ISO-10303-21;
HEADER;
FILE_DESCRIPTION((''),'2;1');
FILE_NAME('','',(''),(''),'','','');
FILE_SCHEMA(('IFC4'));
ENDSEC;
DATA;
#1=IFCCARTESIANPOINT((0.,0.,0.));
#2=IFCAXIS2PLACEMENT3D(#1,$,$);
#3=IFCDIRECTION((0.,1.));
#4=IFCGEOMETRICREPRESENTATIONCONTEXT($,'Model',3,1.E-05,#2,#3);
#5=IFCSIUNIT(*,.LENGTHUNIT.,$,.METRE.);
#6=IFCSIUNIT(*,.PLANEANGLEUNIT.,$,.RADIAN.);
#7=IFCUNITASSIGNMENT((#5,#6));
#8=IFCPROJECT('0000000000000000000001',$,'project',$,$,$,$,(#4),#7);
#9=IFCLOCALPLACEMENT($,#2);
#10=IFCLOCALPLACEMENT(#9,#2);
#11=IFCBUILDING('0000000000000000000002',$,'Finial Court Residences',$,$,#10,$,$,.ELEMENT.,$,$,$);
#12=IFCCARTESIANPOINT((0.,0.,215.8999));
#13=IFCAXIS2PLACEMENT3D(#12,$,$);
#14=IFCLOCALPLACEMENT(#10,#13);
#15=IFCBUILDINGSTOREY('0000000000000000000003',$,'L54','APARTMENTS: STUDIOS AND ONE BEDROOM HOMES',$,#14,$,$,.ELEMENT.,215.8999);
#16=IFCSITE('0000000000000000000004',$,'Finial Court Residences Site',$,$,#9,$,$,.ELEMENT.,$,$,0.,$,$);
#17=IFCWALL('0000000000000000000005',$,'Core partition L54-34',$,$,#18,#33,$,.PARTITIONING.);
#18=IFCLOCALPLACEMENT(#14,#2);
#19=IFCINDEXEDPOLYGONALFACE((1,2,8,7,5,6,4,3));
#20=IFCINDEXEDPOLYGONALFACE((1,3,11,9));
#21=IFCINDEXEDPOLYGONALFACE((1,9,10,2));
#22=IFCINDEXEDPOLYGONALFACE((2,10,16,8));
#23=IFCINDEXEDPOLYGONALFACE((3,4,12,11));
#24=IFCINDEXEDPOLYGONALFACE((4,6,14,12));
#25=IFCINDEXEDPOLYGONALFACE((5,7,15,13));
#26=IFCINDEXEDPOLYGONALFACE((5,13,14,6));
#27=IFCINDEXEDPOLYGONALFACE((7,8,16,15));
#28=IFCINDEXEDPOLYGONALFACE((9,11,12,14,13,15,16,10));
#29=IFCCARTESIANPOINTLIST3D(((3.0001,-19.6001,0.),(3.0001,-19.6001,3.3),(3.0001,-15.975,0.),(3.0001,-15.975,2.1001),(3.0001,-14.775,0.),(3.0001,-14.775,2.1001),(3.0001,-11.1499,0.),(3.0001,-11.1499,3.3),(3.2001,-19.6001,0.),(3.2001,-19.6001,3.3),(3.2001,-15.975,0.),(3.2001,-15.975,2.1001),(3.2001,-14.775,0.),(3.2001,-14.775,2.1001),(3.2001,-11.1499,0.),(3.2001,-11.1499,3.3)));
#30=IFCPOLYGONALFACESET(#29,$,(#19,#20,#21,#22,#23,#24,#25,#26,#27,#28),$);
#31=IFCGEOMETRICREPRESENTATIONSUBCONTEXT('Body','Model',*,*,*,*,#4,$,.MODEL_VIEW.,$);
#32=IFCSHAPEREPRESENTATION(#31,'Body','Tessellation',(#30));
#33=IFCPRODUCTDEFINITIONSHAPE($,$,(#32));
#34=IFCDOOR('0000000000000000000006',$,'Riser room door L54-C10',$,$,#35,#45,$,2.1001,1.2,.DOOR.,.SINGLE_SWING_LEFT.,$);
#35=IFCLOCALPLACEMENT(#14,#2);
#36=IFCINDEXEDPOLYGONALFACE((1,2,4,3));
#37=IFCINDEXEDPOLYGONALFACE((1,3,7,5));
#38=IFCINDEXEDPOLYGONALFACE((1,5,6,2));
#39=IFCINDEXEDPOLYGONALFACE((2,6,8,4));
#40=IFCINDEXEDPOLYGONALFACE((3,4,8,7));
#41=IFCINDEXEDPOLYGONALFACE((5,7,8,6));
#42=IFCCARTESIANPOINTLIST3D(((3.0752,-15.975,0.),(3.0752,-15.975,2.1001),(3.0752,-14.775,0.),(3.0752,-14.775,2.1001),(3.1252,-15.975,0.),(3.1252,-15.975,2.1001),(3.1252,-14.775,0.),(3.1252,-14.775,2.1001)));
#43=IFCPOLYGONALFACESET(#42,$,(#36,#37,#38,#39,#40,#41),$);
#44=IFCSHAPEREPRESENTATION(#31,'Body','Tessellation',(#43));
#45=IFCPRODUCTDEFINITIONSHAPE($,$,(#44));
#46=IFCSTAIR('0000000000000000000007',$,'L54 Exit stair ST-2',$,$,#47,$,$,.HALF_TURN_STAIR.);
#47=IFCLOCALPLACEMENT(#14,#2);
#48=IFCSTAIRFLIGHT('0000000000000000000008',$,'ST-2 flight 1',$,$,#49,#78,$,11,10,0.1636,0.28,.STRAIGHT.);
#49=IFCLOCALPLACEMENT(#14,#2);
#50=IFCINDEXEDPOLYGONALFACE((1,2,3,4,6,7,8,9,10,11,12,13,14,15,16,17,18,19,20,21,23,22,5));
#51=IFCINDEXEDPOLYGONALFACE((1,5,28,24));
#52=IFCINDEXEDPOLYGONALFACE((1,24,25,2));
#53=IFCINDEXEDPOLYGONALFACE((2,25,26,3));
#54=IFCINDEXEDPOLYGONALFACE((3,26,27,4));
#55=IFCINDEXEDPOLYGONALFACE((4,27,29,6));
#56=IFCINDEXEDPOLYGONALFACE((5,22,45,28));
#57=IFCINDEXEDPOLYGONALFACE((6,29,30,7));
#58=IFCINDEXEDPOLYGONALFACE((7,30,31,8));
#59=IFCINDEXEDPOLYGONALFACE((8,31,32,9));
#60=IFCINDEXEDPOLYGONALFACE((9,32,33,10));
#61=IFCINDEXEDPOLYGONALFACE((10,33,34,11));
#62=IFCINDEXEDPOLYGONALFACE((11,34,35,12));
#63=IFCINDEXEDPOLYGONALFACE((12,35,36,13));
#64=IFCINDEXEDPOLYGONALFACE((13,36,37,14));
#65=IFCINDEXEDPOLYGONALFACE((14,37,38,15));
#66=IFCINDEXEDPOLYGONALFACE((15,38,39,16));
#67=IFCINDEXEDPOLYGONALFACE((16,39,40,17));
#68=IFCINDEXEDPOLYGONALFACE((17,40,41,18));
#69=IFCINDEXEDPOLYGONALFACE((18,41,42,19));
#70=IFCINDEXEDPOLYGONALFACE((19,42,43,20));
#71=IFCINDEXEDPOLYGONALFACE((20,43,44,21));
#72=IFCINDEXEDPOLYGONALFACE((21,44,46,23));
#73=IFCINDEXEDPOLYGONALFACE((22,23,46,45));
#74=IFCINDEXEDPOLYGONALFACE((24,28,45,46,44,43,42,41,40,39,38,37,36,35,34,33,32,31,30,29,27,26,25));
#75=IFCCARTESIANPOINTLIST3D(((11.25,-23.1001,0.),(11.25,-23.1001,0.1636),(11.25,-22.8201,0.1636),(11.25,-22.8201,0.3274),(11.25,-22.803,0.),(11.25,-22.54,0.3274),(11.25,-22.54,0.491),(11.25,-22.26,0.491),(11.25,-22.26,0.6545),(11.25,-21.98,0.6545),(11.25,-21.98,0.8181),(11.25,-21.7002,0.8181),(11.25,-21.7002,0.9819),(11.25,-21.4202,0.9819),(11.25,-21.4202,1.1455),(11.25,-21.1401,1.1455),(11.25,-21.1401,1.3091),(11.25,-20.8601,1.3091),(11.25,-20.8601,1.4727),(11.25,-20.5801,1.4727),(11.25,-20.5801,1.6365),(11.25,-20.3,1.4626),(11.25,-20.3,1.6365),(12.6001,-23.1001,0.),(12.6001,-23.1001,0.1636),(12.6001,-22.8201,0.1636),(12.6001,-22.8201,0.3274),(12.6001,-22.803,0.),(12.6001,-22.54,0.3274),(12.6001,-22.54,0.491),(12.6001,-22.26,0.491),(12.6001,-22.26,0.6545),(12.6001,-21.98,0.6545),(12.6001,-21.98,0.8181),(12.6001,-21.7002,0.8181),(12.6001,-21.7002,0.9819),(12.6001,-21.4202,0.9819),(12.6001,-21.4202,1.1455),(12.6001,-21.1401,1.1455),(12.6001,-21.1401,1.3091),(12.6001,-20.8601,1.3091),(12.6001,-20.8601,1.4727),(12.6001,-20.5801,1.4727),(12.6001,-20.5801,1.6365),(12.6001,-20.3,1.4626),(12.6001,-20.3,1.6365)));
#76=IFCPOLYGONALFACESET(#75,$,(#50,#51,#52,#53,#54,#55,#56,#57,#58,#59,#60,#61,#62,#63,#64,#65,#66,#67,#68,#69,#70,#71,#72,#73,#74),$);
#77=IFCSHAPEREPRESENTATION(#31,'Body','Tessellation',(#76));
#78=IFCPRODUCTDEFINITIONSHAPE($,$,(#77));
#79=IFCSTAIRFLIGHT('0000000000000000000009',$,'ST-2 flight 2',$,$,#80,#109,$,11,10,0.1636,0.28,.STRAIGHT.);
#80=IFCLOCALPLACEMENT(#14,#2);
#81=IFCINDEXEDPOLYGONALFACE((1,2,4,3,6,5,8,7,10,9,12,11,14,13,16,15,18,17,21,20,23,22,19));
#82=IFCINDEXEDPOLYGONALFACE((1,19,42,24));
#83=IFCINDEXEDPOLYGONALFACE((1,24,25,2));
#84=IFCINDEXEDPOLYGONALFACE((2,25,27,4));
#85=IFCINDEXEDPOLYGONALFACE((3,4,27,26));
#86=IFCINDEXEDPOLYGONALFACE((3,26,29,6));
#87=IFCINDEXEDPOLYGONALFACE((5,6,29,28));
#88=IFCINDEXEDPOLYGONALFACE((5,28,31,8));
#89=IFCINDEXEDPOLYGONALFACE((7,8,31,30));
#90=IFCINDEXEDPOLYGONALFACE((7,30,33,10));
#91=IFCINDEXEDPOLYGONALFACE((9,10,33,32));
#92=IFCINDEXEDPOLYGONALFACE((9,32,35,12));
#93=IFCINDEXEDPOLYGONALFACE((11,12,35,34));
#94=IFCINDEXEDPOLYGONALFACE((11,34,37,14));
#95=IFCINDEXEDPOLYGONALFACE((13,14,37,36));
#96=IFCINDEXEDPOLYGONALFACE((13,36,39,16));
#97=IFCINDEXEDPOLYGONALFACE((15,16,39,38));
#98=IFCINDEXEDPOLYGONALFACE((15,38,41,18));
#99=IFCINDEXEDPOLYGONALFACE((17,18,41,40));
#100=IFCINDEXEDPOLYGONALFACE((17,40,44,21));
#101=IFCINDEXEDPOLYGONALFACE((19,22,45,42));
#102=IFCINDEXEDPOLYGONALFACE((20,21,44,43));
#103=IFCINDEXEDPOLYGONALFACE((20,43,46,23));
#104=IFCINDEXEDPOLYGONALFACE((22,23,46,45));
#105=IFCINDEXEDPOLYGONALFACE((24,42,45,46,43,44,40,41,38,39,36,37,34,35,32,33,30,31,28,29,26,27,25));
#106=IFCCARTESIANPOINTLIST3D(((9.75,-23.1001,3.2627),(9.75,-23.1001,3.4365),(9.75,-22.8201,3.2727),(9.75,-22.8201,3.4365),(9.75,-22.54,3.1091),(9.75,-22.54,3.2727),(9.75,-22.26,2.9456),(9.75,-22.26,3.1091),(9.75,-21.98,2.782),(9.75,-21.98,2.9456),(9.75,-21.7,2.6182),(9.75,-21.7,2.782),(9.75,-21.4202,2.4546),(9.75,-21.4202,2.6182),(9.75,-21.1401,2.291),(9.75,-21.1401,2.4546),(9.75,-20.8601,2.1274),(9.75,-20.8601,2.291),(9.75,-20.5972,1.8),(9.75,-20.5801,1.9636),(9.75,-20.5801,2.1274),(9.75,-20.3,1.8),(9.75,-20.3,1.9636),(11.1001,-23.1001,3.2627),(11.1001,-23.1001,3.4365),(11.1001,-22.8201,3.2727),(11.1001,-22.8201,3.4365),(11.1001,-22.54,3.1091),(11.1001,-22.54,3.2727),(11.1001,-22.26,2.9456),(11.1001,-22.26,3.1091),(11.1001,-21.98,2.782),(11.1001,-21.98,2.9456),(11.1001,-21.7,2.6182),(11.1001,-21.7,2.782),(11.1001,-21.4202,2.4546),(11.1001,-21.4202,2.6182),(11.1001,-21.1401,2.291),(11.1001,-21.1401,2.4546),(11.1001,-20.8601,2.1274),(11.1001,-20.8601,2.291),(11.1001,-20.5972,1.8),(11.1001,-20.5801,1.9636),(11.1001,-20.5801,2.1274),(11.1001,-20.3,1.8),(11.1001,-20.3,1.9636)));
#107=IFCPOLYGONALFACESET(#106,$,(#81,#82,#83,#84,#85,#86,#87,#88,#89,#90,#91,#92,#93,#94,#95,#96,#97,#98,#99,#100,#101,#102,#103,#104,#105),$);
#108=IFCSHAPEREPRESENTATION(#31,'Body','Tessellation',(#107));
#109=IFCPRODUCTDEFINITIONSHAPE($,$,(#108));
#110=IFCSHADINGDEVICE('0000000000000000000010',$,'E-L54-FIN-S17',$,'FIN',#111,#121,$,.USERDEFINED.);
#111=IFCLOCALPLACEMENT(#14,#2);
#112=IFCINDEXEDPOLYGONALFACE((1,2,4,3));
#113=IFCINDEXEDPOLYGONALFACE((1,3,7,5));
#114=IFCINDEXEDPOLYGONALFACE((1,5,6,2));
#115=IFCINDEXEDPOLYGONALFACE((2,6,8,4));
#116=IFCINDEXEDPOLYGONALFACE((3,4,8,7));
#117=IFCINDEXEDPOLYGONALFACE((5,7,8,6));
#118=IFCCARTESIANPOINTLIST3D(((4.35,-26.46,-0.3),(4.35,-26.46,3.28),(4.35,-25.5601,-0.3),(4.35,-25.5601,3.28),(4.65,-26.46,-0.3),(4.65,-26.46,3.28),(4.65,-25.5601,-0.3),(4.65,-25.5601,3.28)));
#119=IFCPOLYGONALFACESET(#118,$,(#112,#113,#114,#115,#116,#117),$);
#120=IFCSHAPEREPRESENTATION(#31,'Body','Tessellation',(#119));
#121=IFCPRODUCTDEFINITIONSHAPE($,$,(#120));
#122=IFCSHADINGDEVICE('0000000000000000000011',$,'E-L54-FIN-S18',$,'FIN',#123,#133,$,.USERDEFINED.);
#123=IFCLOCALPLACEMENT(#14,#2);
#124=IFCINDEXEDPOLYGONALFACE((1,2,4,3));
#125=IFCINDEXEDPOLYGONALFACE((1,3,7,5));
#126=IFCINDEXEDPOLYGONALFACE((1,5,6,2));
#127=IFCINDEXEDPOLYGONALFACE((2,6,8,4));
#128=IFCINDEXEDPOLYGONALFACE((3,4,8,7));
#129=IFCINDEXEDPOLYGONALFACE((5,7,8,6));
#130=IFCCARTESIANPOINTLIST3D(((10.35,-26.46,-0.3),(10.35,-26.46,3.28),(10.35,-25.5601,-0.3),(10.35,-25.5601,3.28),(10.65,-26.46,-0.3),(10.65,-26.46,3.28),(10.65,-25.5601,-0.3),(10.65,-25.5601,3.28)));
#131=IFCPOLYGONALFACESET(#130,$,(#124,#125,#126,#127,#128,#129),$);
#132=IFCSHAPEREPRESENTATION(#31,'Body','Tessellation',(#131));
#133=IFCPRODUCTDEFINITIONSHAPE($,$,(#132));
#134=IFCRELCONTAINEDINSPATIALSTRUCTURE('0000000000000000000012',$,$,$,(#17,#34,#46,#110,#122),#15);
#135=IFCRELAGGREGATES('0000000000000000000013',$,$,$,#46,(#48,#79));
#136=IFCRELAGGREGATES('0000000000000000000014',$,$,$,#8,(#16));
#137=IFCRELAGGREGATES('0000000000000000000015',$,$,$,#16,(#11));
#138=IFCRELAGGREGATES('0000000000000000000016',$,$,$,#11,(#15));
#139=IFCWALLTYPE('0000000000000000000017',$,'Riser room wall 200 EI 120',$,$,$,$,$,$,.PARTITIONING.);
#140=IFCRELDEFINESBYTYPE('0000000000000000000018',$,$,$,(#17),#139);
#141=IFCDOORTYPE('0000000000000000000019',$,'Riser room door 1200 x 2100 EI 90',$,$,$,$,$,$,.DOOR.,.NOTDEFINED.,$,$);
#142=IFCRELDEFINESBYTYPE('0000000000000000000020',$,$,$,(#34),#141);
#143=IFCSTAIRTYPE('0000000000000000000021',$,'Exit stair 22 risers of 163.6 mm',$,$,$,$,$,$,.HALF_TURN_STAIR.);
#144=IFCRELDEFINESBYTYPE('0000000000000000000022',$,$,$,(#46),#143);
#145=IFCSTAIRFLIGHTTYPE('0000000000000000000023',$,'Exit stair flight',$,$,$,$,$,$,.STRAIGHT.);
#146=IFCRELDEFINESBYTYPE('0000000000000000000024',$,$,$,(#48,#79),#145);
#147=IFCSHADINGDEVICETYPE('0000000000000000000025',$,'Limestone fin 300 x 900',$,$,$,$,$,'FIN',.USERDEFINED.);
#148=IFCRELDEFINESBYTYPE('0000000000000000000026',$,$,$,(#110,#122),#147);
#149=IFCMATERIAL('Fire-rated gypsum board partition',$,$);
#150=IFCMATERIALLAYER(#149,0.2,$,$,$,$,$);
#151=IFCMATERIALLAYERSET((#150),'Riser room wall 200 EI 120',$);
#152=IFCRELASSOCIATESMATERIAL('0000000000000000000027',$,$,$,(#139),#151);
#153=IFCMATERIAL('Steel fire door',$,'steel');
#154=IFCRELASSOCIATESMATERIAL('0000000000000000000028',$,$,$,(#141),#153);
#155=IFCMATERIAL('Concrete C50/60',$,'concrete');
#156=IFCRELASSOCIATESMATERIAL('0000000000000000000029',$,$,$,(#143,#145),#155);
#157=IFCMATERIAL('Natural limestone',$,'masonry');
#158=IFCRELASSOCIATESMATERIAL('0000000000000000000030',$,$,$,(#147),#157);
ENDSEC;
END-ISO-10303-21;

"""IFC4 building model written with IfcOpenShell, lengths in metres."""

from ifc_helpers import new_model, si_unit, direction, frame, frame_2d, origin, origin_2d, place, context, subcontext, project, spatial, polyline, rectangle, outline, extrude, material, layer, layer_set, type_object, element, fill, aggregate, save


model = new_model("IFC4")

# Units and contexts
model_context = context("Model", 3, precision=1e-05, world=origin(), true_north=direction((0.0, 1.0)))
body_context = subcontext(model_context, "Body", "Model", "MODEL_VIEW")
ifc_project = project(units=[si_unit("LENGTHUNIT", "METRE"), si_unit("PLANEANGLEUNIT", "RADIAN")], contexts=[model_context])

# Site, building, storey
site_placement = place(None, origin())
site = spatial("IfcSite", under=ifc_project, at=site_placement, Name="Finial Court Residences Site", CompositionType="ELEMENT", RefElevation=0.0)
building_placement = place(site_placement, origin())
building = spatial("IfcBuilding", under=site, at=building_placement, Name="Finial Court Residences", CompositionType="ELEMENT")
storey_placement = place(building_placement, frame((0.0, 0.0, 215.8999)))
storey = spatial("IfcBuildingStorey", under=building, at=storey_placement, Name="L54", Description="APARTMENTS: STUDIOS AND ONE BEDROOM HOMES", CompositionType="ELEMENT", Elevation=215.8999)

# Shared definitions
ifc_material_1 = material(Name="Fire-rated gypsum board partition")
ifc_material_2 = material(Name="Steel fire door", Category="steel")

# Shared definitions
ifc_layer_1 = layer(ifc_material_1, 0.2)
ifc_layer_set_1 = layer_set([ifc_layer_1], Name="Riser room wall 200 EI 120")
wall_type_1 = type_object("IfcWallType", Name="Riser room wall 200 EI 120", PredefinedType="PARTITIONING", material=ifc_layer_set_1)

# Wall, opening, door
wall_1_placement = place(storey_placement, frame((3.1001, -19.6001, 0.0), z_axis=(0.0, 0.0, 1.0), x_axis=(0.0, 1.0, 0.0)))
wall_1 = element("IfcWall", 1, at=wall_1_placement, inside=storey, type_object=wall_type_1, Name="Core partition L54-34", PredefinedType="PARTITIONING", context=body_context, shape_type="SweptSolid", body=[
    extrude(rectangle(XDim=8.4502, YDim=0.2, at=frame_2d((4.2251, 0.0))), origin(), (0.0, 0.0, 1.0), 3.3),
])
opening_1_placement = place(wall_1_placement, frame((3.625, 0.0, 0.0)))
opening_1 = element("IfcOpeningElement", 2, at=opening_1_placement, cuts=wall_1, PredefinedType="OPENING", context=body_context, shape_type="SweptSolid", body=[
    extrude(rectangle(XDim=1.2, YDim=2.1001, at=frame_2d((0.6001, 1.05))), frame((0.0, 0.1099, 0.0), z_axis=(0.0, -1.0, 0.0), x_axis=(1.0, 0.0, 0.0)), (0.0, 0.0, 1.0), 0.22),
])
door_type_1 = type_object("IfcDoorType", Name="Riser room door 1200 x 2100 EI 90", OperationType="NOTDEFINED", PredefinedType="DOOR", material=ifc_material_2)
door_1_placement = place(opening_1_placement, origin())
door_1 = element("IfcDoor", 3, at=door_1_placement, inside=storey, type_object=door_type_1, Name="Riser room door L54-C10", OperationType="SINGLE_SWING_LEFT", OverallHeight=2.1001, OverallWidth=1.2, PredefinedType="DOOR", context=body_context, shape_type="SweptSolid", body=[
    extrude(rectangle(XDim=1.2, YDim=2.1001, at=frame_2d((0.6001, 1.05))), frame((0.0, 0.0249, 0.0), z_axis=(0.0, -1.0, 0.0), x_axis=(1.0, 0.0, 0.0)), (0.0, 0.0, 1.0), 0.05),
])
fill(opening_1, door_1)

# Stair, stair flights
ifc_material_3 = material(Name="Concrete C50/60", Category="concrete")
stair_type = type_object("IfcStairType", Name="Exit stair 22 risers of 163.6 mm", PredefinedType="HALF_TURN_STAIR", material=ifc_material_3)
stair_placement = place(storey_placement, origin())
stair = element("IfcStair", 4, at=stair_placement, inside=storey, type_object=stair_type, Name="L54 Exit stair ST-2", PredefinedType="HALF_TURN_STAIR")
stair_flight_type = type_object("IfcStairFlightType", Name="Exit stair flight", PredefinedType="STRAIGHT", material=ifc_material_3)
stair_flight_1_placement = place(storey_placement, frame((11.925, -23.1001, 0.0), z_axis=(0.0, 0.0, 1.0), x_axis=(0.0, 1.0, 0.0)))
stair_flight_1 = element("IfcStairFlight", 5, at=stair_flight_1_placement, type_object=stair_flight_type, Name="ST-2 flight 1", NumberOfRisers=11, NumberOfTreads=10, PredefinedType="STRAIGHT", RiserHeight=0.1636, TreadLength=0.28, context=body_context, shape_type="SweptSolid", body=[
    extrude(outline(polyline([(0.0, 0.0), (0.0, 0.1636), (0.28, 0.1636), (0.28, 0.3274), (0.5601, 0.3274), (0.5601, 0.491), (0.8401, 0.491), (0.8401, 0.6545), (1.1201, 0.6545), (1.1201, 0.8181), (1.3999, 0.8181), (1.3999, 0.9819), (1.6799, 0.9819), (1.6799, 1.1455), (1.96, 1.1455), (1.96, 1.3091), (2.24, 1.3091), (2.24, 1.4727), (2.52, 1.4727), (2.52, 1.6365), (2.8, 1.6365), (2.8, 1.8), (2.8, 1.4626), (0.2971, 0.0), (0.0, 0.0)])), frame((0.0, 0.675, 0.0), z_axis=(0.0, -1.0, 0.0), x_axis=(1.0, 0.0, 0.0)), (0.0, 0.0, 1.0), 1.3501),
])
stair_flight_2_placement = place(storey_placement, frame((10.425, -20.3, 1.8), z_axis=(0.0, 0.0, 1.0), x_axis=(0.0, -1.0, 0.0)))
stair_flight_2 = element("IfcStairFlight", 6, at=stair_flight_2_placement, type_object=stair_flight_type, Name="ST-2 flight 2", NumberOfRisers=11, NumberOfTreads=10, PredefinedType="STRAIGHT", RiserHeight=0.1636, TreadLength=0.28, context=body_context, shape_type="SweptSolid", body=[
    extrude(outline(polyline([(0.0, 0.0), (0.0, 0.1636), (0.28, 0.1636), (0.28, 0.3274), (0.5601, 0.3274), (0.5601, 0.491), (0.8401, 0.491), (0.8401, 0.6545), (1.1201, 0.6545), (1.1201, 0.8181), (1.3999, 0.8181), (1.3999, 0.9819), (1.6799, 0.9819), (1.6799, 1.1455), (1.96, 1.1455), (1.96, 1.3091), (2.24, 1.3091), (2.24, 1.4727), (2.52, 1.4727), (2.52, 1.6365), (2.8, 1.6365), (2.8, 1.8), (2.8, 1.4626), (0.2971, 0.0), (0.0, 0.0)])), frame((0.0, 0.675, 0.0), z_axis=(0.0, -1.0, 0.0), x_axis=(1.0, 0.0, 0.0)), (0.0, 0.0, 1.0), 1.3501),
])
aggregate(stair, [stair_flight_1, stair_flight_2])

# Shading devices
ifc_material_4 = material(Name="Natural limestone", Category="masonry")
shading_device_type = type_object("IfcShadingDeviceType", Name="Limestone fin 300 x 900", ElementType="FIN", PredefinedType="USERDEFINED", material=ifc_material_4)
for number, where, z_axis, x_axis, name in (
    (7, (4.5, -26.01, -0.3), (0.0, 0.0, 1.0), (1.0, 0.0, 0.0), "E-L54-FIN-S17"),
    (8, (10.5, -26.01, -0.3), (0.0, 0.0, 1.0), (1.0, 0.0, 0.0), "E-L54-FIN-S18"),
):
    element("IfcShadingDevice", number, at=place(storey_placement, frame(where, z_axis=z_axis, x_axis=x_axis)), inside=storey, type_object=shading_device_type, Name=name, ObjectType="FIN", PredefinedType="USERDEFINED", context=body_context, shape_type="SweptSolid", body=[
        extrude(rectangle(XDim=0.3, YDim=0.8999, at=origin_2d()), origin(), (0.0, 0.0, 1.0), 3.5801),
    ])

save(model, "model.ifc")
